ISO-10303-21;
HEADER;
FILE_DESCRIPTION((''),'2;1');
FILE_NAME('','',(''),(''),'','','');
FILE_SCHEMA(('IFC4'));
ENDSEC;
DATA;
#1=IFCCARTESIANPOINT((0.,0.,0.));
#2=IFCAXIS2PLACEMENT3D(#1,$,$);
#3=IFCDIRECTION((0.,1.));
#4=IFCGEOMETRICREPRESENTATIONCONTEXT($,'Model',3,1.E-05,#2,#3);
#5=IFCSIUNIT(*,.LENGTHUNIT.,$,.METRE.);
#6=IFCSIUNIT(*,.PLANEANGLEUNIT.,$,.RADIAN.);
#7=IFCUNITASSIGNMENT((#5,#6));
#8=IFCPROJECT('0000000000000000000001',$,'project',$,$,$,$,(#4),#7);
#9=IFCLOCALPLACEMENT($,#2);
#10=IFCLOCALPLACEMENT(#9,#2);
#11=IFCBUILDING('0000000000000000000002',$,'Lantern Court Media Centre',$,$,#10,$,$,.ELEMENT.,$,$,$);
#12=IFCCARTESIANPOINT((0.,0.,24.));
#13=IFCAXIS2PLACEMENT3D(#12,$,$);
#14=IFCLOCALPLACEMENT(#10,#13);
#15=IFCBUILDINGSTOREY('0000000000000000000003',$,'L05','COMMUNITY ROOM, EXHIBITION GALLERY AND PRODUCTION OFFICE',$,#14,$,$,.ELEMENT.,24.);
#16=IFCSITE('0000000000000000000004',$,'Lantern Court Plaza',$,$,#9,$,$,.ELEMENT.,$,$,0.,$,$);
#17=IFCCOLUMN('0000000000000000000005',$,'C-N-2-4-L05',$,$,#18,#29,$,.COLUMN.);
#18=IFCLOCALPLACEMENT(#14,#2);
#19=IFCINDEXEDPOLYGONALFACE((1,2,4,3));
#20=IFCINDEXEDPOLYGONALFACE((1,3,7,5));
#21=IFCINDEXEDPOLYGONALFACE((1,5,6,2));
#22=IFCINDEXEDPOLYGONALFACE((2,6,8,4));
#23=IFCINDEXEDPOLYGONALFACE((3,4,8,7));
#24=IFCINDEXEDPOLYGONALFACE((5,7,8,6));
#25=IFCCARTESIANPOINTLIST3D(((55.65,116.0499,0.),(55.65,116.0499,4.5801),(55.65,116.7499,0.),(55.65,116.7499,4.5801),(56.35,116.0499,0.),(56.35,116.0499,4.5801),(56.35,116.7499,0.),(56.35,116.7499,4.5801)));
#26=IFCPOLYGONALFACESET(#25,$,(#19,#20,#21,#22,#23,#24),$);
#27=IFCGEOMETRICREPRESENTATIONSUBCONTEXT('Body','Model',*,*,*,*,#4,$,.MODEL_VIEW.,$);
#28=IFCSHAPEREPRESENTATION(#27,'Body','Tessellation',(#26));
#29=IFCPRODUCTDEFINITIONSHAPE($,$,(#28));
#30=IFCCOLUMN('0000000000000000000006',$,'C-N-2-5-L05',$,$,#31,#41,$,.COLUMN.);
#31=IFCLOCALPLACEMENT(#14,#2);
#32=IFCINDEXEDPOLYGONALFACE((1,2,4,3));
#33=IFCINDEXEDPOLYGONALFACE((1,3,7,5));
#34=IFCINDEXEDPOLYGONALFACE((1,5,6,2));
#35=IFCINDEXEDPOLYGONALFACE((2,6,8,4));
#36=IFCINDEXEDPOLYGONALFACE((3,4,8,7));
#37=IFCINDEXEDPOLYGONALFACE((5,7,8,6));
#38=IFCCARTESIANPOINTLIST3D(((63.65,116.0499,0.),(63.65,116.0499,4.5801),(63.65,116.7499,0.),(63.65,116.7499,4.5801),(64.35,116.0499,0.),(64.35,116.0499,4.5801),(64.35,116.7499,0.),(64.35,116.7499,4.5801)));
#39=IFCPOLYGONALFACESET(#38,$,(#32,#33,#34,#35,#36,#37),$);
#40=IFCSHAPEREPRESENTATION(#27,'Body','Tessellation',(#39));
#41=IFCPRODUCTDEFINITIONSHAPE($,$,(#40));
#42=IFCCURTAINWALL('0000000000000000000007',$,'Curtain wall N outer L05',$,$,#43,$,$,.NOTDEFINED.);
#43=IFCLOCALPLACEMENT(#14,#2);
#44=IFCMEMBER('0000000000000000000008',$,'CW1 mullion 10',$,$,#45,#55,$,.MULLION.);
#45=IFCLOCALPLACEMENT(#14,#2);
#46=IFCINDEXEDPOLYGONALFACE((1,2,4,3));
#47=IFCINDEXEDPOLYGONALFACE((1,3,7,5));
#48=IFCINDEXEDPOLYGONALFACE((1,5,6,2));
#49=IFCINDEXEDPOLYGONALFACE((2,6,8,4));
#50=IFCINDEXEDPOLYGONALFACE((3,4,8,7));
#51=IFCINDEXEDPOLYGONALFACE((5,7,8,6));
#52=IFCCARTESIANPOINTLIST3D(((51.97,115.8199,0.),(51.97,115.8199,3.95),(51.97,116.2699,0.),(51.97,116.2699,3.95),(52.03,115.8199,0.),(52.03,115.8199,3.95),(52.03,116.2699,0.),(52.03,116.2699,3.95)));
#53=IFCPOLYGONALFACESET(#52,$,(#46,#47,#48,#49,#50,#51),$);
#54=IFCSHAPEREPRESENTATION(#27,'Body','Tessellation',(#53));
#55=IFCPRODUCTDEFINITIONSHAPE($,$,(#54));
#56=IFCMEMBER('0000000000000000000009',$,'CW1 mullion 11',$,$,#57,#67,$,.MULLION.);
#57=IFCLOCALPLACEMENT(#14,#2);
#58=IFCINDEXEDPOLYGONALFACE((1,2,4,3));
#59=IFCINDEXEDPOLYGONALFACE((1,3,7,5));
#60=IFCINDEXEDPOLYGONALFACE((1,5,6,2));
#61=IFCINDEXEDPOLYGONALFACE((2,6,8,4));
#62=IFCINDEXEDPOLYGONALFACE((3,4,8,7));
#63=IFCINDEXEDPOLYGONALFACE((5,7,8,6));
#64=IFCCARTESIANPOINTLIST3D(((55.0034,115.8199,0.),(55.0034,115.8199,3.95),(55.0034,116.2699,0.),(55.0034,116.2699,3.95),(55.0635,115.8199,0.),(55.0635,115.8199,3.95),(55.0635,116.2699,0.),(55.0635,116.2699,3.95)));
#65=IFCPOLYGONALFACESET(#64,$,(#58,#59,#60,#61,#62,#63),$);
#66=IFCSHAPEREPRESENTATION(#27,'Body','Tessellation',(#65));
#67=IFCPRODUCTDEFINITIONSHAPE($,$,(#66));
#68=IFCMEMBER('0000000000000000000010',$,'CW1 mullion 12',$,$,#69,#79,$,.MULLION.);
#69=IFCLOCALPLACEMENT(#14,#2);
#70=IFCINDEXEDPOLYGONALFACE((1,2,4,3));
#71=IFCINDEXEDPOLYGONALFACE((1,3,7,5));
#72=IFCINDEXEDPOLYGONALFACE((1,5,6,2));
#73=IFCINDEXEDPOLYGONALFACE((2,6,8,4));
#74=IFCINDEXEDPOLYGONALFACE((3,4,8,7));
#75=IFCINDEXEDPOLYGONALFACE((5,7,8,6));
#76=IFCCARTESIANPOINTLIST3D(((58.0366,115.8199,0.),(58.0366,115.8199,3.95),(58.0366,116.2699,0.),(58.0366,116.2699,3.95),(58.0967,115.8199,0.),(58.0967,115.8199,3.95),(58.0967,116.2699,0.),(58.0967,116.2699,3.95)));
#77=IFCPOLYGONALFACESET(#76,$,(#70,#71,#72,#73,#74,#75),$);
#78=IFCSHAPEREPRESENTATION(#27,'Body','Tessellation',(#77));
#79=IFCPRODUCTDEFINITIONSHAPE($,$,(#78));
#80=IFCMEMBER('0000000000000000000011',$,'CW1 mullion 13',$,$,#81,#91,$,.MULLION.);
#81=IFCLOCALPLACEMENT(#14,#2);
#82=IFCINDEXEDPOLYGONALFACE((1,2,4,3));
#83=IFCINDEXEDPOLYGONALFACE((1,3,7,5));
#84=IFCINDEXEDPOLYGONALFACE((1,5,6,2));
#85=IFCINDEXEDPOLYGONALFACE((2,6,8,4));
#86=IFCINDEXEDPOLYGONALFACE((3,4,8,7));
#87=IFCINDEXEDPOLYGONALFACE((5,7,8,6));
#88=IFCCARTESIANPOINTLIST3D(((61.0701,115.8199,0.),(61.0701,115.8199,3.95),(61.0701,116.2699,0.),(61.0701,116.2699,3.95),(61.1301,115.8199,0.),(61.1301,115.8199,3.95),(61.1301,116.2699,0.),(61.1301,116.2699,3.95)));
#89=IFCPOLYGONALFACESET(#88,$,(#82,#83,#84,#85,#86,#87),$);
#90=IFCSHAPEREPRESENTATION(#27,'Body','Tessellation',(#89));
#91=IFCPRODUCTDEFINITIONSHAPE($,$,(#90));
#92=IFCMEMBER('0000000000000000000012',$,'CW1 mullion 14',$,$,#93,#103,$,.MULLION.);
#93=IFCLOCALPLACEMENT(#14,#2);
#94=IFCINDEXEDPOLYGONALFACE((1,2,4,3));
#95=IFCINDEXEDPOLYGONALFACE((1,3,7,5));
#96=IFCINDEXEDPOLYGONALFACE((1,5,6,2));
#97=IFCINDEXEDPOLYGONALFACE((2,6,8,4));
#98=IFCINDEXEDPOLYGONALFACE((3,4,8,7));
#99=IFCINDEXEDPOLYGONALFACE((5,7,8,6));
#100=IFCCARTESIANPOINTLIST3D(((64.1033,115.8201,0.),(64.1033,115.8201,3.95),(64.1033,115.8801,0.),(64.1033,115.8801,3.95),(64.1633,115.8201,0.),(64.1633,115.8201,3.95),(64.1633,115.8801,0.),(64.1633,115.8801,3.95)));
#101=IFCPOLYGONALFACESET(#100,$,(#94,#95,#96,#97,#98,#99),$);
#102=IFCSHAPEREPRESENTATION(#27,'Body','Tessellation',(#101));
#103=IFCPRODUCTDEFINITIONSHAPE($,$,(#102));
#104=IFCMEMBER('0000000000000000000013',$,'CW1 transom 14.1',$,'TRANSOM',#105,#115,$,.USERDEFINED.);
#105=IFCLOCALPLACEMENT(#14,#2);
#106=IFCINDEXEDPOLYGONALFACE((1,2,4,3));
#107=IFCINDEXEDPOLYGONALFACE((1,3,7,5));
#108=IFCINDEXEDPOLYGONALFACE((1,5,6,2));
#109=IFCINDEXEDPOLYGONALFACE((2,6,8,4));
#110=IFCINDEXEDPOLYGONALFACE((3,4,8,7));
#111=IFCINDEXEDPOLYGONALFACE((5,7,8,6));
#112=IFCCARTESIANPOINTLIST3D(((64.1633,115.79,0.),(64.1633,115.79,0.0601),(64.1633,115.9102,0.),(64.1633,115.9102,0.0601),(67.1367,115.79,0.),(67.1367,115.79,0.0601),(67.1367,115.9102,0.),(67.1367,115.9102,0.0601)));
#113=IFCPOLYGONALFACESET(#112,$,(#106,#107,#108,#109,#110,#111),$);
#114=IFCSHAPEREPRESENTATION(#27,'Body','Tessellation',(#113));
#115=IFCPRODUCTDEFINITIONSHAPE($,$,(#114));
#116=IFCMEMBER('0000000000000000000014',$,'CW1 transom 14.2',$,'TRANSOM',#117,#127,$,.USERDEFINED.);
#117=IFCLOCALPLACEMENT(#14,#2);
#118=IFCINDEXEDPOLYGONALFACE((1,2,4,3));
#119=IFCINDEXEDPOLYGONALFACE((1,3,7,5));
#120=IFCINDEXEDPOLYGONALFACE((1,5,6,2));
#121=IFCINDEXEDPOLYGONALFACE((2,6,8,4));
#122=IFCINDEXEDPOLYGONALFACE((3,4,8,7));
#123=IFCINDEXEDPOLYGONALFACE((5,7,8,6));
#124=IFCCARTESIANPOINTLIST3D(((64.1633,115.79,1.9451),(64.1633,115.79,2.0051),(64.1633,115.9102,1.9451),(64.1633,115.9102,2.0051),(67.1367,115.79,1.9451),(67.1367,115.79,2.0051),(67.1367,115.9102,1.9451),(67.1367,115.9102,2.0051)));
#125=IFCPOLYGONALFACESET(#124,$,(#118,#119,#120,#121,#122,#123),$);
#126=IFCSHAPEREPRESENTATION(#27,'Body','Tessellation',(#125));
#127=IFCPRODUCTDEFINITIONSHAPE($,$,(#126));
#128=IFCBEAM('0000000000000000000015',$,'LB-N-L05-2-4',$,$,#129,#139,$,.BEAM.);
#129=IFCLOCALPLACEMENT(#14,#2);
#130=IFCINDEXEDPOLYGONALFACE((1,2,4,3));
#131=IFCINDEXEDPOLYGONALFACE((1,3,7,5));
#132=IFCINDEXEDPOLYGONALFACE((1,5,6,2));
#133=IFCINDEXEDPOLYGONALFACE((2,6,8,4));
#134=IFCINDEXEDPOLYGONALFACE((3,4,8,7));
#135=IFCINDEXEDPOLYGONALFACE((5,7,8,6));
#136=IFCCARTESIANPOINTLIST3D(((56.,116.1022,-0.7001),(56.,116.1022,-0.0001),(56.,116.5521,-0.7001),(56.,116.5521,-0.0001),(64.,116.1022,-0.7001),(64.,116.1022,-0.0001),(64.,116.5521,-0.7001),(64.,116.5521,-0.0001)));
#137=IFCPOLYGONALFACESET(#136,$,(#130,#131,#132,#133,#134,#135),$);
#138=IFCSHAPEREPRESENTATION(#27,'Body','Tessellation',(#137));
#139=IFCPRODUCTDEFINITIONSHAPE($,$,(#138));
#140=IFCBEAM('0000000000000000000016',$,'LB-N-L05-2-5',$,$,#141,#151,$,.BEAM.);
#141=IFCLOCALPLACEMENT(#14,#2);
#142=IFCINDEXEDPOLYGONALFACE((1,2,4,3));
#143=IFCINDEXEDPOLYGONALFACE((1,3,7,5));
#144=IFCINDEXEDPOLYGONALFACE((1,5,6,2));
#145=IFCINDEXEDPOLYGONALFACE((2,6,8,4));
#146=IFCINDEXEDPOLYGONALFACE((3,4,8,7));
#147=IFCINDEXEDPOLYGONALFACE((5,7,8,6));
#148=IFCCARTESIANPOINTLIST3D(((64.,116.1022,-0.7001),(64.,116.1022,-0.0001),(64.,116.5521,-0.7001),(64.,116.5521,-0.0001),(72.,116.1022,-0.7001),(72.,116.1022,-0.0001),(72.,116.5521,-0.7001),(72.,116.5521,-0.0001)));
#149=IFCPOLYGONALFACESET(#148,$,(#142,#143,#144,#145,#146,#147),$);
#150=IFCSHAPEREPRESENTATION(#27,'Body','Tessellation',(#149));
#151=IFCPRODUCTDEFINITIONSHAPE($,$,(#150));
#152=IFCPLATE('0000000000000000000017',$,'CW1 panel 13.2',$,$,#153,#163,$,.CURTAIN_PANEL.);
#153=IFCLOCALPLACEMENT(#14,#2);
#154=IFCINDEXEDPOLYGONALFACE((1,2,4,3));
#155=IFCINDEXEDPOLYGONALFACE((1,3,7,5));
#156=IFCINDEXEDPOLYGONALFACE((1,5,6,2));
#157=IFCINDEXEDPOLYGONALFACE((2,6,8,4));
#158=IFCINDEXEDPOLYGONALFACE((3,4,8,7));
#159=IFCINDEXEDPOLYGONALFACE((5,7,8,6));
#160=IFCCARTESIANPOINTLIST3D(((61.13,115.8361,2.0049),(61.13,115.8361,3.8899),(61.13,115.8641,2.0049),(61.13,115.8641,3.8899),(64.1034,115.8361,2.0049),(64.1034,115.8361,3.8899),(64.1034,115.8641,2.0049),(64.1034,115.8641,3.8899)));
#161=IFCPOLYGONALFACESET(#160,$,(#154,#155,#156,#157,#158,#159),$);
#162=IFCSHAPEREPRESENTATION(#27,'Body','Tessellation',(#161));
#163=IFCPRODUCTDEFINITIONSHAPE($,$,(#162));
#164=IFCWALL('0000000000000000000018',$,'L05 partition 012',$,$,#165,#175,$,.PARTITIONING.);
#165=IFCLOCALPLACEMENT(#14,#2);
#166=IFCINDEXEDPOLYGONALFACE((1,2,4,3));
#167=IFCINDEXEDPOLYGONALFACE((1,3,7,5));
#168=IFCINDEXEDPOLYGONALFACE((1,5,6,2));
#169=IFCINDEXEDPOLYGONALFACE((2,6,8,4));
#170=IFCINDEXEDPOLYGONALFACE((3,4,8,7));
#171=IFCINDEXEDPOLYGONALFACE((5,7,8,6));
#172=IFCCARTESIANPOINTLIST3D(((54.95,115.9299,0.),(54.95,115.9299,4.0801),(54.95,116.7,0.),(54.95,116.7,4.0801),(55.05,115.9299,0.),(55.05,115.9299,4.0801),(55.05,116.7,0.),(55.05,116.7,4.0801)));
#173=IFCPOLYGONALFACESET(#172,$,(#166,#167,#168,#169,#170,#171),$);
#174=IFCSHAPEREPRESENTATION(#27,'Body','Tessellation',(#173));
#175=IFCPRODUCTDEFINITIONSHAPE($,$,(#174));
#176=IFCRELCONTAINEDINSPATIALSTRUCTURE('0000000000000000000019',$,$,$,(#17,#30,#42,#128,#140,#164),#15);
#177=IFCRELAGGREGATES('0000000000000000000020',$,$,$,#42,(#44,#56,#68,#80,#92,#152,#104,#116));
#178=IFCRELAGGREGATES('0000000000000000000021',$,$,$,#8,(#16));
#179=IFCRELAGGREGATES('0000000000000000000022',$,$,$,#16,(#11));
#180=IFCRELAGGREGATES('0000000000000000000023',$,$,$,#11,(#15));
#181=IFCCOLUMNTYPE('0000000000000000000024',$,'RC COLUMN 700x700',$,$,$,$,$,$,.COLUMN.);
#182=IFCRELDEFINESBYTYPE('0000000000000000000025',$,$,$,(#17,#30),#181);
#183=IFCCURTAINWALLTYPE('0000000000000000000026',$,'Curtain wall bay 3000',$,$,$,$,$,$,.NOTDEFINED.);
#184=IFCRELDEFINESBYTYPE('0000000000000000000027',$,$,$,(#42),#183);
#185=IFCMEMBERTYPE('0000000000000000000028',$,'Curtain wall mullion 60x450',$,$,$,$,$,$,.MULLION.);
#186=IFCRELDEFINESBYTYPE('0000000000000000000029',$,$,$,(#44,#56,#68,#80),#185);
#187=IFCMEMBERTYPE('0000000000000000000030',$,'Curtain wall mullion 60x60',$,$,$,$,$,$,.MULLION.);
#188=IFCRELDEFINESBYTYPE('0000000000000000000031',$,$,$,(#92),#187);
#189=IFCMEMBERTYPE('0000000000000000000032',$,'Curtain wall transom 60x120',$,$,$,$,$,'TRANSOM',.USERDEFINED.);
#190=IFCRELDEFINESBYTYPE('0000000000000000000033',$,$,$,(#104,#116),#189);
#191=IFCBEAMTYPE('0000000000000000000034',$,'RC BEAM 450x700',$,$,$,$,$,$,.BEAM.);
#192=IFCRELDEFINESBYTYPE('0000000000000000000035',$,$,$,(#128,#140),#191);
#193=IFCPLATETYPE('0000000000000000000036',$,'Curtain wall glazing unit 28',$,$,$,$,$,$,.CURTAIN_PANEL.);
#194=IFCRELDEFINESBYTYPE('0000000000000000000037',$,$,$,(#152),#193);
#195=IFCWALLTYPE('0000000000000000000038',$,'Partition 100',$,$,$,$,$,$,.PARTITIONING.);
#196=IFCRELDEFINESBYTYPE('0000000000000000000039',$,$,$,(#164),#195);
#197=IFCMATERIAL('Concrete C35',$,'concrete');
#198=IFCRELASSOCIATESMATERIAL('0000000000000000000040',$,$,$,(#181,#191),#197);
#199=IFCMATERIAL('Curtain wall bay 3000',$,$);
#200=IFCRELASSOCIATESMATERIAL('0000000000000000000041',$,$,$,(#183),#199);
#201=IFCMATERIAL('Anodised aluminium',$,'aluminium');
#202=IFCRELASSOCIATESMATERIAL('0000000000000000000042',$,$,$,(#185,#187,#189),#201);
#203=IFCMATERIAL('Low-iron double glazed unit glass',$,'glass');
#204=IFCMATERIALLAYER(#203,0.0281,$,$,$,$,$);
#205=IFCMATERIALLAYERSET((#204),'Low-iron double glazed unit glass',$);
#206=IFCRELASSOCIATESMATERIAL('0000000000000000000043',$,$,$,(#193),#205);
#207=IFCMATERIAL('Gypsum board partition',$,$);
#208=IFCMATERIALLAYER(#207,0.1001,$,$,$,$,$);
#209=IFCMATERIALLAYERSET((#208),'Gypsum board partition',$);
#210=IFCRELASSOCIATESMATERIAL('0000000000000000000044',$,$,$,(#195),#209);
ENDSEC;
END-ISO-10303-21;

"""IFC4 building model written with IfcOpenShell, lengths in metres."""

from ifc_helpers import new_model, si_unit, direction, frame, frame_2d, origin, origin_2d, place, context, subcontext, project, spatial, rectangle, extrude, material, layer, layer_set, material_profile, profile_set, type_object, element, aggregate, save


model = new_model("IFC4")

# Units and contexts
model_context = context("Model", 3, precision=1e-05, world=origin(), true_north=direction((0.0, 1.0)))
body_context = subcontext(model_context, "Body", "Model", "MODEL_VIEW")
ifc_project = project(units=[si_unit("LENGTHUNIT", "METRE"), si_unit("PLANEANGLEUNIT", "RADIAN")], contexts=[model_context])

# Site, building, storey
site_placement = place(None, origin())
site = spatial("IfcSite", under=ifc_project, at=site_placement, Name="Lantern Court Plaza", CompositionType="ELEMENT", RefElevation=0.0)
building_placement = place(site_placement, origin())
building = spatial("IfcBuilding", under=site, at=building_placement, Name="Lantern Court Media Centre", CompositionType="ELEMENT")
storey_placement = place(building_placement, frame((0.0, 0.0, 24.0)))
storey = spatial("IfcBuildingStorey", under=building, at=storey_placement, Name="L05", Description="COMMUNITY ROOM, EXHIBITION GALLERY AND PRODUCTION OFFICE", CompositionType="ELEMENT", Elevation=24.0)

# Columns
ifc_material_1 = material(Name="Concrete C35", Category="concrete")
ifc_material_profile_1 = material_profile(ifc_material_1, rectangle(XDim=0.7, YDim=0.7, at=origin_2d()), Name="RC 700x700")
ifc_profile_set_1 = profile_set([ifc_material_profile_1], Name="Concrete C35")
column_type = type_object("IfcColumnType", Name="RC COLUMN 700x700", PredefinedType="COLUMN", material=ifc_profile_set_1)
for number, where, z_axis, x_axis, name in (
    (1, (56.0, 116.3999, 0.0), (0.0, 0.0, 1.0), (1.0, 0.0, 0.0), "C-N-2-4-L05"),
    (2, (64.0, 116.3999, 0.0), (0.0, 0.0, 1.0), (1.0, 0.0, 0.0), "C-N-2-5-L05"),
):
    element("IfcColumn", number, at=place(storey_placement, frame(where, z_axis=z_axis, x_axis=x_axis)), inside=storey, type_object=column_type, Name=name, PredefinedType="COLUMN", context=body_context, shape_type="SweptSolid", body=[
        extrude(rectangle(XDim=0.7, YDim=0.7, at=origin_2d()), origin(), (0.0, 0.0, 1.0), 4.5801),
    ])

# Curtain wall, members
ifc_material_2 = material(Name="Curtain wall bay 3000")
curtain_wall_type = type_object("IfcCurtainWallType", Name="Curtain wall bay 3000", PredefinedType="NOTDEFINED", material=ifc_material_2)
curtain_wall_placement = place(storey_placement, origin())
curtain_wall = element("IfcCurtainWall", 3, at=curtain_wall_placement, inside=storey, type_object=curtain_wall_type, Name="Curtain wall N outer L05", PredefinedType="NOTDEFINED")
ifc_material_3 = material(Name="Anodised aluminium", Category="aluminium")
ifc_material_profile_2 = material_profile(ifc_material_3, rectangle(XDim=0.45, YDim=0.0601, at=origin_2d()), Name="AL 60x450")
ifc_profile_set_2 = profile_set([ifc_material_profile_2], Name="Anodised aluminium")
member_type_1 = type_object("IfcMemberType", Name="Curtain wall mullion 60x450", PredefinedType="MULLION", material=ifc_profile_set_2)
member_1_placement = place(storey_placement, frame((52.0, 116.0449, 0.0), z_axis=(0.0, 0.0, 1.0), x_axis=(0.0, 1.0, 0.0)))
member_1 = element("IfcMember", 4, at=member_1_placement, type_object=member_type_1, Name="CW1 mullion 10", PredefinedType="MULLION", context=body_context, shape_type="SweptSolid", body=[
    extrude(rectangle(XDim=0.45, YDim=0.0601, at=origin_2d()), origin(), (0.0, 0.0, 1.0), 3.95),
])
member_2_placement = place(storey_placement, frame((55.0334, 116.0449, 0.0), z_axis=(0.0, 0.0, 1.0), x_axis=(0.0, 1.0, 0.0)))
member_2 = element("IfcMember", 5, at=member_2_placement, type_object=member_type_1, Name="CW1 mullion 11", PredefinedType="MULLION", context=body_context, shape_type="SweptSolid", body=[
    extrude(rectangle(XDim=0.45, YDim=0.0601, at=origin_2d()), origin(), (0.0, 0.0, 1.0), 3.95),
])
member_3_placement = place(storey_placement, frame((58.0667, 116.0449, 0.0), z_axis=(0.0, 0.0, 1.0), x_axis=(0.0, 1.0, 0.0)))
member_3 = element("IfcMember", 6, at=member_3_placement, type_object=member_type_1, Name="CW1 mullion 12", PredefinedType="MULLION", context=body_context, shape_type="SweptSolid", body=[
    extrude(rectangle(XDim=0.45, YDim=0.0601, at=origin_2d()), origin(), (0.0, 0.0, 1.0), 3.95),
])
member_4_placement = place(storey_placement, frame((61.1001, 116.0449, 0.0), z_axis=(0.0, 0.0, 1.0), x_axis=(0.0, 1.0, 0.0)))
member_4 = element("IfcMember", 7, at=member_4_placement, type_object=member_type_1, Name="CW1 mullion 13", PredefinedType="MULLION", context=body_context, shape_type="SweptSolid", body=[
    extrude(rectangle(XDim=0.45, YDim=0.0601, at=origin_2d()), origin(), (0.0, 0.0, 1.0), 3.95),
])
ifc_material_profile_3 = material_profile(ifc_material_3, rectangle(XDim=0.0601, YDim=0.0601, at=origin_2d()), Name="AL 60x60")
ifc_profile_set_3 = profile_set([ifc_material_profile_3], Name="Anodised aluminium")
member_type_2 = type_object("IfcMemberType", Name="Curtain wall mullion 60x60", PredefinedType="MULLION", material=ifc_profile_set_3)
member_5_placement = place(storey_placement, frame((64.1333, 115.8501, 0.0), z_axis=(0.0, 0.0, 1.0), x_axis=(0.0, 1.0, 0.0)))
member_5 = element("IfcMember", 8, at=member_5_placement, type_object=member_type_2, Name="CW1 mullion 14", PredefinedType="MULLION", context=body_context, shape_type="SweptSolid", body=[
    extrude(rectangle(XDim=0.0601, YDim=0.0601, at=origin_2d()), origin(), (0.0, 0.0, 1.0), 3.95),
])
ifc_material_profile_4 = material_profile(ifc_material_3, rectangle(XDim=0.1201, YDim=0.0601, at=origin_2d()), Name="AL 60x120")
ifc_profile_set_4 = profile_set([ifc_material_profile_4], Name="Anodised aluminium")
member_type_3 = type_object("IfcMemberType", Name="Curtain wall transom 60x120", ElementType="TRANSOM", PredefinedType="USERDEFINED", material=ifc_profile_set_4)
member_6_placement = place(storey_placement, frame((64.1633, 115.8501, 0.03), z_axis=(1.0, 0.0, 0.0), x_axis=(0.0, 1.0, 0.0)))
member_6 = element("IfcMember", 9, at=member_6_placement, type_object=member_type_3, Name="CW1 transom 14.1", ObjectType="TRANSOM", PredefinedType="USERDEFINED", context=body_context, shape_type="SweptSolid", body=[
    extrude(rectangle(XDim=0.1201, YDim=0.0601, at=origin_2d()), origin(), (0.0, 0.0, 1.0), 2.9734),
])
member_7_placement = place(storey_placement, frame((64.1633, 115.8501, 1.9751), z_axis=(1.0, 0.0, 0.0), x_axis=(0.0, 1.0, 0.0)))
member_7 = element("IfcMember", 10, at=member_7_placement, type_object=member_type_3, Name="CW1 transom 14.2", ObjectType="TRANSOM", PredefinedType="USERDEFINED", context=body_context, shape_type="SweptSolid", body=[
    extrude(rectangle(XDim=0.1201, YDim=0.0601, at=origin_2d()), origin(), (0.0, 0.0, 1.0), 2.9734),
])

# Beams
ifc_material_profile_5 = material_profile(ifc_material_1, rectangle(XDim=0.45, YDim=0.7, at=origin_2d()), Name="RC 450x700")
ifc_profile_set_5 = profile_set([ifc_material_profile_5], Name="Concrete C35")
beam_type = type_object("IfcBeamType", Name="RC BEAM 450x700", PredefinedType="BEAM", material=ifc_profile_set_5)
for number, where, z_axis, x_axis, name in (
    (11, (56.0, 116.3271, -0.3501), (1.0, 0.0, 0.0), (0.0, 1.0, 0.0), "LB-N-L05-2-4"),
    (12, (64.0, 116.3271, -0.3501), (1.0, 0.0, 0.0), (0.0, 1.0, 0.0), "LB-N-L05-2-5"),
):
    element("IfcBeam", number, at=place(storey_placement, frame(where, z_axis=z_axis, x_axis=x_axis)), inside=storey, type_object=beam_type, Name=name, PredefinedType="BEAM", context=body_context, shape_type="SweptSolid", body=[
        extrude(rectangle(XDim=0.45, YDim=0.7, at=origin_2d()), origin(), (0.0, 0.0, 1.0), 8.0),
    ])

# Plate
ifc_material_4 = material(Name="Low-iron double glazed unit glass", Category="glass")
ifc_layer_1 = layer(ifc_material_4, 0.0281)
ifc_layer_set_1 = layer_set([ifc_layer_1], Name="Low-iron double glazed unit glass")
plate_type = type_object("IfcPlateType", Name="Curtain wall glazing unit 28", PredefinedType="CURTAIN_PANEL", material=ifc_layer_set_1)
plate_placement = place(storey_placement, frame((62.6167, 115.8501, 2.0049), z_axis=(0.0, 0.0, 1.0), x_axis=(1.0, 0.0, 0.0)))
plate = element("IfcPlate", 13, at=plate_placement, type_object=plate_type, Name="CW1 panel 13.2", PredefinedType="CURTAIN_PANEL", context=body_context, shape_type="SweptSolid", body=[
    extrude(rectangle(XDim=2.9734, YDim=0.0281, at=origin_2d()), origin(), (0.0, 0.0, 1.0), 1.885),
])
aggregate(curtain_wall, [member_1, member_2, member_3, member_4, member_5, plate, member_6, member_7])

# Wall
ifc_material_5 = material(Name="Gypsum board partition")
ifc_layer_2 = layer(ifc_material_5, 0.1001)
ifc_layer_set_2 = layer_set([ifc_layer_2], Name="Gypsum board partition")
wall_type = type_object("IfcWallType", Name="Partition 100", PredefinedType="PARTITIONING", material=ifc_layer_set_2)
wall_placement = place(storey_placement, frame((55.0, 115.9299, 0.0), z_axis=(0.0, 0.0, 1.0), x_axis=(0.0, 1.0, 0.0)))
element("IfcWall", 14, at=wall_placement, inside=storey, type_object=wall_type, Name="L05 partition 012", PredefinedType="PARTITIONING", context=body_context, shape_type="SweptSolid", body=[
    extrude(rectangle(XDim=0.77, YDim=0.1001, at=frame_2d((0.385, 0.0))), origin(), (0.0, 0.0, 1.0), 4.0801),
])

save(model, "model.ifc")
